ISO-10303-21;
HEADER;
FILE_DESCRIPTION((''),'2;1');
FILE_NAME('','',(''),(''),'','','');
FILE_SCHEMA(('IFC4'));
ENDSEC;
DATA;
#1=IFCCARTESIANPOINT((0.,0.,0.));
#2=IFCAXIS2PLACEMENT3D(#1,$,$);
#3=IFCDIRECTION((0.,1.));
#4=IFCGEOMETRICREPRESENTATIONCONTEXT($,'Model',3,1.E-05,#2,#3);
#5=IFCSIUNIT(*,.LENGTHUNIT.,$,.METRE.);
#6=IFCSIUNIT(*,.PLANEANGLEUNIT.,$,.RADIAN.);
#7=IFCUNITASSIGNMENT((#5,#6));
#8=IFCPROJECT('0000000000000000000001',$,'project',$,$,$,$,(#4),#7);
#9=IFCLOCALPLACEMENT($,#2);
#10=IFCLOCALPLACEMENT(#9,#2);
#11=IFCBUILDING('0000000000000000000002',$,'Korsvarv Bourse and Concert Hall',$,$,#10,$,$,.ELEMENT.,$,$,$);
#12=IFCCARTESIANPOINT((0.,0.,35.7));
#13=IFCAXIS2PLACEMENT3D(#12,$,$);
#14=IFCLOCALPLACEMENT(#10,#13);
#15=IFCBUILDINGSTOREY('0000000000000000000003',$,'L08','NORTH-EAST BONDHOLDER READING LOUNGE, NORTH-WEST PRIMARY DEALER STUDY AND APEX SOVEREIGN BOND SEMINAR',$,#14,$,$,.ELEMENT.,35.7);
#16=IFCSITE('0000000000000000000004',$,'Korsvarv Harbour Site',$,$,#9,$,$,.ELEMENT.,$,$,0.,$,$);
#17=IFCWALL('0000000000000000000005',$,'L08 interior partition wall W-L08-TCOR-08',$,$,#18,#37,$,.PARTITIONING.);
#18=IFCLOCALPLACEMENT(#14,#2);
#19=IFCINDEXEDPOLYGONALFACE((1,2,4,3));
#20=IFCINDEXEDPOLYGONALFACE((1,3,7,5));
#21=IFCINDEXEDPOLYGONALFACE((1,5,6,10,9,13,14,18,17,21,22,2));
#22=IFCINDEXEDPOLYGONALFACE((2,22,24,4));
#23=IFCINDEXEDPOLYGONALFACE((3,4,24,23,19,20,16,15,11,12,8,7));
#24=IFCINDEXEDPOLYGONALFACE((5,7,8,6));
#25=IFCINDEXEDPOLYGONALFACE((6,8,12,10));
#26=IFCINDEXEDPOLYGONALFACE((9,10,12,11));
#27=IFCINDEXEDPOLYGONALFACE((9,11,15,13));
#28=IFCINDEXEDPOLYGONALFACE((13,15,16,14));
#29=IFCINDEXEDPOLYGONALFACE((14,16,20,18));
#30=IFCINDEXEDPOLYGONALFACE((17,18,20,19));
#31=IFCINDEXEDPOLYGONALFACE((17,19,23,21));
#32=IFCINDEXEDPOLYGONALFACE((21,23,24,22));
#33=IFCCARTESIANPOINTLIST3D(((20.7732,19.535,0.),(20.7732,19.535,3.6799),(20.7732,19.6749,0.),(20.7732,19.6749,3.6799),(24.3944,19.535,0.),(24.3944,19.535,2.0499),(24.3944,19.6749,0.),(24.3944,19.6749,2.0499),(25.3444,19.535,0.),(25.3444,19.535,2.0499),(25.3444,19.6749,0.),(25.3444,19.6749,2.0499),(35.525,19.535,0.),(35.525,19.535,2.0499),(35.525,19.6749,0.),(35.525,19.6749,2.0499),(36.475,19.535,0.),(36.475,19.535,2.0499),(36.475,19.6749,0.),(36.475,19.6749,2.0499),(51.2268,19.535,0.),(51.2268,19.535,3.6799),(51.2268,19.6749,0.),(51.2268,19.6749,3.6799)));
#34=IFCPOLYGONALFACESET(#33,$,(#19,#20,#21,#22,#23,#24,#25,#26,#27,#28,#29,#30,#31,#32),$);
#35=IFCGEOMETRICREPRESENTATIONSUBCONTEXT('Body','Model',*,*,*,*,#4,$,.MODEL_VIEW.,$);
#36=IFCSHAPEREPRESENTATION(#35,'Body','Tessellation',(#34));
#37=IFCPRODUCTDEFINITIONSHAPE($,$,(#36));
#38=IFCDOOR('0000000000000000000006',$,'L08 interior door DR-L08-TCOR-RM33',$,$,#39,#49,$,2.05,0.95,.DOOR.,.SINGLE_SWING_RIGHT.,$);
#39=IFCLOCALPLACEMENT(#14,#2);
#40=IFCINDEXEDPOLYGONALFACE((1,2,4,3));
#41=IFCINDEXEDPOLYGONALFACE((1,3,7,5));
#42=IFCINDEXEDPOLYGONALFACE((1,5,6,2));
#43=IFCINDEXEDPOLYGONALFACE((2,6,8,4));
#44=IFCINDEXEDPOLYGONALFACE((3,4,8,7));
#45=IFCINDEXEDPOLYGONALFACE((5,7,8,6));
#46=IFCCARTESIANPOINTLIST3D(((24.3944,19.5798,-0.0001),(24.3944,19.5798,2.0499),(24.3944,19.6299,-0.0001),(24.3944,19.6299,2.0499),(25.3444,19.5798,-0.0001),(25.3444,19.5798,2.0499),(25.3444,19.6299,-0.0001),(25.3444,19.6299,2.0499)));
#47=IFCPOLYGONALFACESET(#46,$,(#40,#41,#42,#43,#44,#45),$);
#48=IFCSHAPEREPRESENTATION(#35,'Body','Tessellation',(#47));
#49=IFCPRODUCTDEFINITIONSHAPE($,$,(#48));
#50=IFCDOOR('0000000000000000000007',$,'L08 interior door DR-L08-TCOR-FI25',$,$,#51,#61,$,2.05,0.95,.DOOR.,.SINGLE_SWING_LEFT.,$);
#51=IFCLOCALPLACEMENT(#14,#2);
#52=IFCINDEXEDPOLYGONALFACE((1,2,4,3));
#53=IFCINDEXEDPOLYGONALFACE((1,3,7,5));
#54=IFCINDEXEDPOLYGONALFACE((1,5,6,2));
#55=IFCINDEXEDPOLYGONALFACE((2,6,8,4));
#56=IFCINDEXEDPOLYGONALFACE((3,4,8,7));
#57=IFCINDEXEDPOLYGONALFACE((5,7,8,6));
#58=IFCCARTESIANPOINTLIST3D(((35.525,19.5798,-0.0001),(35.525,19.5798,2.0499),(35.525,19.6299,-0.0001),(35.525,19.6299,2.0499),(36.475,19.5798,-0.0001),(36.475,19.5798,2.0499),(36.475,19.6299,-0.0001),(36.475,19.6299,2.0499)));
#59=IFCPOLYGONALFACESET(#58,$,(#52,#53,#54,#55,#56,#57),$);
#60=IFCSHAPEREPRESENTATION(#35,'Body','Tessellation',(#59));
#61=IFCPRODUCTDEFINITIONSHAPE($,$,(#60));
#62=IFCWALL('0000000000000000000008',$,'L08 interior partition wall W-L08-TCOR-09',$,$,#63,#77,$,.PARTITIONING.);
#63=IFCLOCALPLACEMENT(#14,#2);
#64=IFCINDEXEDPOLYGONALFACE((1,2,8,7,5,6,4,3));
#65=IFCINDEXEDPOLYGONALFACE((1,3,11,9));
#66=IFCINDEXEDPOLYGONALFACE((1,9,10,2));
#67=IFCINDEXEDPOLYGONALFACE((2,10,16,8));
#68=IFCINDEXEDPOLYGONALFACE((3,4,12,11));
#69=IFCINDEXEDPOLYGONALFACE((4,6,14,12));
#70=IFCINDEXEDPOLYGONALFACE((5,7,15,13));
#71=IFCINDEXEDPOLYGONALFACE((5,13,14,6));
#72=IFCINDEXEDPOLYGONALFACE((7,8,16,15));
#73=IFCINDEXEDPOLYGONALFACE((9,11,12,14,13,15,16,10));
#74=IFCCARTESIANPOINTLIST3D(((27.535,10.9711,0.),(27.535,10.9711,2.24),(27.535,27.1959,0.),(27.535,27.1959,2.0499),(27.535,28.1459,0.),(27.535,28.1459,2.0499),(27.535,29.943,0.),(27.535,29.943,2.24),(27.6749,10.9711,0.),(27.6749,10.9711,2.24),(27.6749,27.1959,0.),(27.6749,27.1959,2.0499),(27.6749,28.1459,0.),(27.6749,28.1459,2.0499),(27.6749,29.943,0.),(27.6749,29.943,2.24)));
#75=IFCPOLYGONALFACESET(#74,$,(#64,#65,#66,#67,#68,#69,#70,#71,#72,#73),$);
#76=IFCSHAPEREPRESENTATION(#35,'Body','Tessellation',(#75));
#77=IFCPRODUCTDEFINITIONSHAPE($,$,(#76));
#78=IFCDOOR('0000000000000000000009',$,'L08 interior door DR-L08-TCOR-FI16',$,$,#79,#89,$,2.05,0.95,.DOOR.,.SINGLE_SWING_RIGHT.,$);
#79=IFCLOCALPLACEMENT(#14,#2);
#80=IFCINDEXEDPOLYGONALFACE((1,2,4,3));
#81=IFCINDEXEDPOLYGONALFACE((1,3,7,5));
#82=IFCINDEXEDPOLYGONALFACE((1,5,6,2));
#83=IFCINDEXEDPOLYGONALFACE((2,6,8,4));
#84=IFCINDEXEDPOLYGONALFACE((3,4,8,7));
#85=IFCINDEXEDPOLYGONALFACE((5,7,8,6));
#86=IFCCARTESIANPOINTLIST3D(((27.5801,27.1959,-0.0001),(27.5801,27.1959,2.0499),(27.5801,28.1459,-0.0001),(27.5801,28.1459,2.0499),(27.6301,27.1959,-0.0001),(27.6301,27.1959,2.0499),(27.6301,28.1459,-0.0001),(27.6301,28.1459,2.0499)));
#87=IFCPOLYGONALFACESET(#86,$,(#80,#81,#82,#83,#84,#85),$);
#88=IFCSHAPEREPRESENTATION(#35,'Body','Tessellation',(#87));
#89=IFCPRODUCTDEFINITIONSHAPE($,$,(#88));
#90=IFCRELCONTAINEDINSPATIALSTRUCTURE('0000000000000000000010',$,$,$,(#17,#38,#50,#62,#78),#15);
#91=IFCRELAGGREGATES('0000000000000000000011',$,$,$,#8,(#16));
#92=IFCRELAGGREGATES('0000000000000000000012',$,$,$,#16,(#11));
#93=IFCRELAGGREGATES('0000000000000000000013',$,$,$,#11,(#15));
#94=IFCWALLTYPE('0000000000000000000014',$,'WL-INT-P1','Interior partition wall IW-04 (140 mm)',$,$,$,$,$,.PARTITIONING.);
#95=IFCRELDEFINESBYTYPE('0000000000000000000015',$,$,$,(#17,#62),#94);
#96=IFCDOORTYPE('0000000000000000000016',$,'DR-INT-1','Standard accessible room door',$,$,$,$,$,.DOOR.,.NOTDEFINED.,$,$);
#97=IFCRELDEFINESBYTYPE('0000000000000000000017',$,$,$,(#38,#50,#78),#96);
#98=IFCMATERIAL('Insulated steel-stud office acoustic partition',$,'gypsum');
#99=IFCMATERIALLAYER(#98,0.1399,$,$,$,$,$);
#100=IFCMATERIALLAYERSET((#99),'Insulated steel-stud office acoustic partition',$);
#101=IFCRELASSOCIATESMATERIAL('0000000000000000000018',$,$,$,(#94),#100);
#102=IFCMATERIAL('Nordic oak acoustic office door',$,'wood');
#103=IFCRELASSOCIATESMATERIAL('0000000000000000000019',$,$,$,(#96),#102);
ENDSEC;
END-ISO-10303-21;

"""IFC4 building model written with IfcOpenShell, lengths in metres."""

from ifc_helpers import new_model, si_unit, direction, frame, frame_2d, origin, place, context, subcontext, project, spatial, rectangle, extrude, material, layer, layer_set, type_object, element, fill, save


model = new_model("IFC4")

# Units and contexts
model_context = context("Model", 3, precision=1e-05, world=origin(), true_north=direction((0.0, 1.0)))
body_context = subcontext(model_context, "Body", "Model", "MODEL_VIEW")
ifc_project = project(units=[si_unit("LENGTHUNIT", "METRE"), si_unit("PLANEANGLEUNIT", "RADIAN")], contexts=[model_context])

# Site, building, storey
site_placement = place(None, origin())
site = spatial("IfcSite", under=ifc_project, at=site_placement, Name="Korsvarv Harbour Site", CompositionType="ELEMENT", RefElevation=0.0)
building_placement = place(site_placement, origin())
building = spatial("IfcBuilding", under=site, at=building_placement, Name="Korsvarv Bourse and Concert Hall", CompositionType="ELEMENT")
storey_placement = place(building_placement, frame((0.0, 0.0, 35.7)))
storey = spatial("IfcBuildingStorey", under=building, at=storey_placement, Name="L08", Description="NORTH-EAST BONDHOLDER READING LOUNGE, NORTH-WEST PRIMARY DEALER STUDY AND APEX SOVEREIGN BOND SEMINAR", CompositionType="ELEMENT", Elevation=35.7)

# Wall, openings, doors
ifc_material_1 = material(Name="Insulated steel-stud office acoustic partition", Category="gypsum")
ifc_layer_1 = layer(ifc_material_1, 0.1399)
ifc_layer_set_1 = layer_set([ifc_layer_1], Name="Insulated steel-stud office acoustic partition")
wall_type_1 = type_object("IfcWallType", Name="WL-INT-P1", Description="Interior partition wall IW-04 (140 mm)", PredefinedType="PARTITIONING", material=ifc_layer_set_1)
wall_1_placement = place(storey_placement, frame((20.7732, 19.605, 0.0), z_axis=(0.0, 0.0, 1.0), x_axis=(1.0, 0.0, 0.0)))
wall_1 = element("IfcWall", 1, at=wall_1_placement, inside=storey, type_object=wall_type_1, Name="L08 interior partition wall W-L08-TCOR-08", PredefinedType="PARTITIONING", context=body_context, shape_type="SweptSolid", body=[
    extrude(rectangle(XDim=30.4536, YDim=0.1399, at=frame_2d((15.2268, 0.0))), origin(), (0.0, 0.0, 1.0), 3.6799),
])
opening_1_placement = place(wall_1_placement, frame((3.6211, 0.0, 0.0)))
opening_1 = element("IfcOpeningElement", 2, at=opening_1_placement, cuts=wall_1, PredefinedType="OPENING", context=body_context, shape_type="SweptSolid", body=[
    extrude(rectangle(XDim=0.95, YDim=2.05, at=frame_2d((0.4751, 1.0249))), frame((0.0, 0.0801, 0.0), z_axis=(0.0, -1.0, 0.0), x_axis=(1.0, 0.0, 0.0)), (0.0, 0.0, 1.0), 0.1599),
])
opening_2_placement = place(wall_1_placement, frame((14.7517, 0.0, 0.0)))
opening_2 = element("IfcOpeningElement", 3, at=opening_2_placement, cuts=wall_1, PredefinedType="OPENING", context=body_context, shape_type="SweptSolid", body=[
    extrude(rectangle(XDim=0.95, YDim=2.05, at=frame_2d((0.4751, 1.0249))), frame((0.0, 0.0801, 0.0), z_axis=(0.0, -1.0, 0.0), x_axis=(1.0, 0.0, 0.0)), (0.0, 0.0, 1.0), 0.1599),
])
ifc_material_2 = material(Name="Nordic oak acoustic office door", Category="wood")
door_type = type_object("IfcDoorType", Name="DR-INT-1", Description="Standard accessible room door", OperationType="NOTDEFINED", PredefinedType="DOOR", material=ifc_material_2)
door_1_placement = place(opening_1_placement, origin())
door_1 = element("IfcDoor", 4, at=door_1_placement, inside=storey, type_object=door_type, Name="L08 interior door DR-L08-TCOR-RM33", OperationType="SINGLE_SWING_RIGHT", OverallHeight=2.05, OverallWidth=0.95, PredefinedType="DOOR", context=body_context, shape_type="SweptSolid", body=[
    extrude(rectangle(XDim=0.95, YDim=2.05, at=frame_2d((0.4751, 1.0249))), frame((0.0, 0.0249, 0.0), z_axis=(0.0, -1.0, 0.0), x_axis=(1.0, 0.0, 0.0)), (0.0, 0.0, 1.0), 0.05),
])
fill(opening_1, door_1)
door_2_placement = place(opening_2_placement, origin())
door_2 = element("IfcDoor", 5, at=door_2_placement, inside=storey, type_object=door_type, Name="L08 interior door DR-L08-TCOR-FI25", OperationType="SINGLE_SWING_LEFT", OverallHeight=2.05, OverallWidth=0.95, PredefinedType="DOOR", context=body_context, shape_type="SweptSolid", body=[
    extrude(rectangle(XDim=0.95, YDim=2.05, at=frame_2d((0.4751, 1.0249))), frame((0.0, 0.0249, 0.0), z_axis=(0.0, -1.0, 0.0), x_axis=(1.0, 0.0, 0.0)), (0.0, 0.0, 1.0), 0.05),
])
fill(opening_2, door_2)

# Wall, opening, door
wall_2_placement = place(storey_placement, frame((27.605, 10.9712, 0.0), z_axis=(0.0, 0.0, 1.0), x_axis=(0.0, 1.0, 0.0)))
wall_2 = element("IfcWall", 6, at=wall_2_placement, inside=storey, type_object=wall_type_1, Name="L08 interior partition wall W-L08-TCOR-09", PredefinedType="PARTITIONING", context=body_context, shape_type="SweptSolid", body=[
    extrude(rectangle(XDim=18.9719, YDim=0.1399, at=frame_2d((9.4858, 0.0))), origin(), (0.0, 0.0, 1.0), 2.24),
])
opening_3_placement = place(wall_2_placement, frame((16.2246, 0.0, 0.0)))
opening_3 = element("IfcOpeningElement", 7, at=opening_3_placement, cuts=wall_2, PredefinedType="OPENING", context=body_context, shape_type="SweptSolid", body=[
    extrude(rectangle(XDim=0.95, YDim=2.05, at=frame_2d((0.4751, 1.0249))), frame((0.0, 0.0801, 0.0), z_axis=(0.0, -1.0, 0.0), x_axis=(1.0, 0.0, 0.0)), (0.0, 0.0, 1.0), 0.1599),
])
door_3_placement = place(opening_3_placement, origin())
door_3 = element("IfcDoor", 8, at=door_3_placement, inside=storey, type_object=door_type, Name="L08 interior door DR-L08-TCOR-FI16", OperationType="SINGLE_SWING_RIGHT", OverallHeight=2.05, OverallWidth=0.95, PredefinedType="DOOR", context=body_context, shape_type="SweptSolid", body=[
    extrude(rectangle(XDim=0.95, YDim=2.05, at=frame_2d((0.4751, 1.0249))), frame((0.0, 0.0249, 0.0), z_axis=(0.0, -1.0, 0.0), x_axis=(1.0, 0.0, 0.0)), (0.0, 0.0, 1.0), 0.05),
])
fill(opening_3, door_3)

save(model, "model.ifc")
